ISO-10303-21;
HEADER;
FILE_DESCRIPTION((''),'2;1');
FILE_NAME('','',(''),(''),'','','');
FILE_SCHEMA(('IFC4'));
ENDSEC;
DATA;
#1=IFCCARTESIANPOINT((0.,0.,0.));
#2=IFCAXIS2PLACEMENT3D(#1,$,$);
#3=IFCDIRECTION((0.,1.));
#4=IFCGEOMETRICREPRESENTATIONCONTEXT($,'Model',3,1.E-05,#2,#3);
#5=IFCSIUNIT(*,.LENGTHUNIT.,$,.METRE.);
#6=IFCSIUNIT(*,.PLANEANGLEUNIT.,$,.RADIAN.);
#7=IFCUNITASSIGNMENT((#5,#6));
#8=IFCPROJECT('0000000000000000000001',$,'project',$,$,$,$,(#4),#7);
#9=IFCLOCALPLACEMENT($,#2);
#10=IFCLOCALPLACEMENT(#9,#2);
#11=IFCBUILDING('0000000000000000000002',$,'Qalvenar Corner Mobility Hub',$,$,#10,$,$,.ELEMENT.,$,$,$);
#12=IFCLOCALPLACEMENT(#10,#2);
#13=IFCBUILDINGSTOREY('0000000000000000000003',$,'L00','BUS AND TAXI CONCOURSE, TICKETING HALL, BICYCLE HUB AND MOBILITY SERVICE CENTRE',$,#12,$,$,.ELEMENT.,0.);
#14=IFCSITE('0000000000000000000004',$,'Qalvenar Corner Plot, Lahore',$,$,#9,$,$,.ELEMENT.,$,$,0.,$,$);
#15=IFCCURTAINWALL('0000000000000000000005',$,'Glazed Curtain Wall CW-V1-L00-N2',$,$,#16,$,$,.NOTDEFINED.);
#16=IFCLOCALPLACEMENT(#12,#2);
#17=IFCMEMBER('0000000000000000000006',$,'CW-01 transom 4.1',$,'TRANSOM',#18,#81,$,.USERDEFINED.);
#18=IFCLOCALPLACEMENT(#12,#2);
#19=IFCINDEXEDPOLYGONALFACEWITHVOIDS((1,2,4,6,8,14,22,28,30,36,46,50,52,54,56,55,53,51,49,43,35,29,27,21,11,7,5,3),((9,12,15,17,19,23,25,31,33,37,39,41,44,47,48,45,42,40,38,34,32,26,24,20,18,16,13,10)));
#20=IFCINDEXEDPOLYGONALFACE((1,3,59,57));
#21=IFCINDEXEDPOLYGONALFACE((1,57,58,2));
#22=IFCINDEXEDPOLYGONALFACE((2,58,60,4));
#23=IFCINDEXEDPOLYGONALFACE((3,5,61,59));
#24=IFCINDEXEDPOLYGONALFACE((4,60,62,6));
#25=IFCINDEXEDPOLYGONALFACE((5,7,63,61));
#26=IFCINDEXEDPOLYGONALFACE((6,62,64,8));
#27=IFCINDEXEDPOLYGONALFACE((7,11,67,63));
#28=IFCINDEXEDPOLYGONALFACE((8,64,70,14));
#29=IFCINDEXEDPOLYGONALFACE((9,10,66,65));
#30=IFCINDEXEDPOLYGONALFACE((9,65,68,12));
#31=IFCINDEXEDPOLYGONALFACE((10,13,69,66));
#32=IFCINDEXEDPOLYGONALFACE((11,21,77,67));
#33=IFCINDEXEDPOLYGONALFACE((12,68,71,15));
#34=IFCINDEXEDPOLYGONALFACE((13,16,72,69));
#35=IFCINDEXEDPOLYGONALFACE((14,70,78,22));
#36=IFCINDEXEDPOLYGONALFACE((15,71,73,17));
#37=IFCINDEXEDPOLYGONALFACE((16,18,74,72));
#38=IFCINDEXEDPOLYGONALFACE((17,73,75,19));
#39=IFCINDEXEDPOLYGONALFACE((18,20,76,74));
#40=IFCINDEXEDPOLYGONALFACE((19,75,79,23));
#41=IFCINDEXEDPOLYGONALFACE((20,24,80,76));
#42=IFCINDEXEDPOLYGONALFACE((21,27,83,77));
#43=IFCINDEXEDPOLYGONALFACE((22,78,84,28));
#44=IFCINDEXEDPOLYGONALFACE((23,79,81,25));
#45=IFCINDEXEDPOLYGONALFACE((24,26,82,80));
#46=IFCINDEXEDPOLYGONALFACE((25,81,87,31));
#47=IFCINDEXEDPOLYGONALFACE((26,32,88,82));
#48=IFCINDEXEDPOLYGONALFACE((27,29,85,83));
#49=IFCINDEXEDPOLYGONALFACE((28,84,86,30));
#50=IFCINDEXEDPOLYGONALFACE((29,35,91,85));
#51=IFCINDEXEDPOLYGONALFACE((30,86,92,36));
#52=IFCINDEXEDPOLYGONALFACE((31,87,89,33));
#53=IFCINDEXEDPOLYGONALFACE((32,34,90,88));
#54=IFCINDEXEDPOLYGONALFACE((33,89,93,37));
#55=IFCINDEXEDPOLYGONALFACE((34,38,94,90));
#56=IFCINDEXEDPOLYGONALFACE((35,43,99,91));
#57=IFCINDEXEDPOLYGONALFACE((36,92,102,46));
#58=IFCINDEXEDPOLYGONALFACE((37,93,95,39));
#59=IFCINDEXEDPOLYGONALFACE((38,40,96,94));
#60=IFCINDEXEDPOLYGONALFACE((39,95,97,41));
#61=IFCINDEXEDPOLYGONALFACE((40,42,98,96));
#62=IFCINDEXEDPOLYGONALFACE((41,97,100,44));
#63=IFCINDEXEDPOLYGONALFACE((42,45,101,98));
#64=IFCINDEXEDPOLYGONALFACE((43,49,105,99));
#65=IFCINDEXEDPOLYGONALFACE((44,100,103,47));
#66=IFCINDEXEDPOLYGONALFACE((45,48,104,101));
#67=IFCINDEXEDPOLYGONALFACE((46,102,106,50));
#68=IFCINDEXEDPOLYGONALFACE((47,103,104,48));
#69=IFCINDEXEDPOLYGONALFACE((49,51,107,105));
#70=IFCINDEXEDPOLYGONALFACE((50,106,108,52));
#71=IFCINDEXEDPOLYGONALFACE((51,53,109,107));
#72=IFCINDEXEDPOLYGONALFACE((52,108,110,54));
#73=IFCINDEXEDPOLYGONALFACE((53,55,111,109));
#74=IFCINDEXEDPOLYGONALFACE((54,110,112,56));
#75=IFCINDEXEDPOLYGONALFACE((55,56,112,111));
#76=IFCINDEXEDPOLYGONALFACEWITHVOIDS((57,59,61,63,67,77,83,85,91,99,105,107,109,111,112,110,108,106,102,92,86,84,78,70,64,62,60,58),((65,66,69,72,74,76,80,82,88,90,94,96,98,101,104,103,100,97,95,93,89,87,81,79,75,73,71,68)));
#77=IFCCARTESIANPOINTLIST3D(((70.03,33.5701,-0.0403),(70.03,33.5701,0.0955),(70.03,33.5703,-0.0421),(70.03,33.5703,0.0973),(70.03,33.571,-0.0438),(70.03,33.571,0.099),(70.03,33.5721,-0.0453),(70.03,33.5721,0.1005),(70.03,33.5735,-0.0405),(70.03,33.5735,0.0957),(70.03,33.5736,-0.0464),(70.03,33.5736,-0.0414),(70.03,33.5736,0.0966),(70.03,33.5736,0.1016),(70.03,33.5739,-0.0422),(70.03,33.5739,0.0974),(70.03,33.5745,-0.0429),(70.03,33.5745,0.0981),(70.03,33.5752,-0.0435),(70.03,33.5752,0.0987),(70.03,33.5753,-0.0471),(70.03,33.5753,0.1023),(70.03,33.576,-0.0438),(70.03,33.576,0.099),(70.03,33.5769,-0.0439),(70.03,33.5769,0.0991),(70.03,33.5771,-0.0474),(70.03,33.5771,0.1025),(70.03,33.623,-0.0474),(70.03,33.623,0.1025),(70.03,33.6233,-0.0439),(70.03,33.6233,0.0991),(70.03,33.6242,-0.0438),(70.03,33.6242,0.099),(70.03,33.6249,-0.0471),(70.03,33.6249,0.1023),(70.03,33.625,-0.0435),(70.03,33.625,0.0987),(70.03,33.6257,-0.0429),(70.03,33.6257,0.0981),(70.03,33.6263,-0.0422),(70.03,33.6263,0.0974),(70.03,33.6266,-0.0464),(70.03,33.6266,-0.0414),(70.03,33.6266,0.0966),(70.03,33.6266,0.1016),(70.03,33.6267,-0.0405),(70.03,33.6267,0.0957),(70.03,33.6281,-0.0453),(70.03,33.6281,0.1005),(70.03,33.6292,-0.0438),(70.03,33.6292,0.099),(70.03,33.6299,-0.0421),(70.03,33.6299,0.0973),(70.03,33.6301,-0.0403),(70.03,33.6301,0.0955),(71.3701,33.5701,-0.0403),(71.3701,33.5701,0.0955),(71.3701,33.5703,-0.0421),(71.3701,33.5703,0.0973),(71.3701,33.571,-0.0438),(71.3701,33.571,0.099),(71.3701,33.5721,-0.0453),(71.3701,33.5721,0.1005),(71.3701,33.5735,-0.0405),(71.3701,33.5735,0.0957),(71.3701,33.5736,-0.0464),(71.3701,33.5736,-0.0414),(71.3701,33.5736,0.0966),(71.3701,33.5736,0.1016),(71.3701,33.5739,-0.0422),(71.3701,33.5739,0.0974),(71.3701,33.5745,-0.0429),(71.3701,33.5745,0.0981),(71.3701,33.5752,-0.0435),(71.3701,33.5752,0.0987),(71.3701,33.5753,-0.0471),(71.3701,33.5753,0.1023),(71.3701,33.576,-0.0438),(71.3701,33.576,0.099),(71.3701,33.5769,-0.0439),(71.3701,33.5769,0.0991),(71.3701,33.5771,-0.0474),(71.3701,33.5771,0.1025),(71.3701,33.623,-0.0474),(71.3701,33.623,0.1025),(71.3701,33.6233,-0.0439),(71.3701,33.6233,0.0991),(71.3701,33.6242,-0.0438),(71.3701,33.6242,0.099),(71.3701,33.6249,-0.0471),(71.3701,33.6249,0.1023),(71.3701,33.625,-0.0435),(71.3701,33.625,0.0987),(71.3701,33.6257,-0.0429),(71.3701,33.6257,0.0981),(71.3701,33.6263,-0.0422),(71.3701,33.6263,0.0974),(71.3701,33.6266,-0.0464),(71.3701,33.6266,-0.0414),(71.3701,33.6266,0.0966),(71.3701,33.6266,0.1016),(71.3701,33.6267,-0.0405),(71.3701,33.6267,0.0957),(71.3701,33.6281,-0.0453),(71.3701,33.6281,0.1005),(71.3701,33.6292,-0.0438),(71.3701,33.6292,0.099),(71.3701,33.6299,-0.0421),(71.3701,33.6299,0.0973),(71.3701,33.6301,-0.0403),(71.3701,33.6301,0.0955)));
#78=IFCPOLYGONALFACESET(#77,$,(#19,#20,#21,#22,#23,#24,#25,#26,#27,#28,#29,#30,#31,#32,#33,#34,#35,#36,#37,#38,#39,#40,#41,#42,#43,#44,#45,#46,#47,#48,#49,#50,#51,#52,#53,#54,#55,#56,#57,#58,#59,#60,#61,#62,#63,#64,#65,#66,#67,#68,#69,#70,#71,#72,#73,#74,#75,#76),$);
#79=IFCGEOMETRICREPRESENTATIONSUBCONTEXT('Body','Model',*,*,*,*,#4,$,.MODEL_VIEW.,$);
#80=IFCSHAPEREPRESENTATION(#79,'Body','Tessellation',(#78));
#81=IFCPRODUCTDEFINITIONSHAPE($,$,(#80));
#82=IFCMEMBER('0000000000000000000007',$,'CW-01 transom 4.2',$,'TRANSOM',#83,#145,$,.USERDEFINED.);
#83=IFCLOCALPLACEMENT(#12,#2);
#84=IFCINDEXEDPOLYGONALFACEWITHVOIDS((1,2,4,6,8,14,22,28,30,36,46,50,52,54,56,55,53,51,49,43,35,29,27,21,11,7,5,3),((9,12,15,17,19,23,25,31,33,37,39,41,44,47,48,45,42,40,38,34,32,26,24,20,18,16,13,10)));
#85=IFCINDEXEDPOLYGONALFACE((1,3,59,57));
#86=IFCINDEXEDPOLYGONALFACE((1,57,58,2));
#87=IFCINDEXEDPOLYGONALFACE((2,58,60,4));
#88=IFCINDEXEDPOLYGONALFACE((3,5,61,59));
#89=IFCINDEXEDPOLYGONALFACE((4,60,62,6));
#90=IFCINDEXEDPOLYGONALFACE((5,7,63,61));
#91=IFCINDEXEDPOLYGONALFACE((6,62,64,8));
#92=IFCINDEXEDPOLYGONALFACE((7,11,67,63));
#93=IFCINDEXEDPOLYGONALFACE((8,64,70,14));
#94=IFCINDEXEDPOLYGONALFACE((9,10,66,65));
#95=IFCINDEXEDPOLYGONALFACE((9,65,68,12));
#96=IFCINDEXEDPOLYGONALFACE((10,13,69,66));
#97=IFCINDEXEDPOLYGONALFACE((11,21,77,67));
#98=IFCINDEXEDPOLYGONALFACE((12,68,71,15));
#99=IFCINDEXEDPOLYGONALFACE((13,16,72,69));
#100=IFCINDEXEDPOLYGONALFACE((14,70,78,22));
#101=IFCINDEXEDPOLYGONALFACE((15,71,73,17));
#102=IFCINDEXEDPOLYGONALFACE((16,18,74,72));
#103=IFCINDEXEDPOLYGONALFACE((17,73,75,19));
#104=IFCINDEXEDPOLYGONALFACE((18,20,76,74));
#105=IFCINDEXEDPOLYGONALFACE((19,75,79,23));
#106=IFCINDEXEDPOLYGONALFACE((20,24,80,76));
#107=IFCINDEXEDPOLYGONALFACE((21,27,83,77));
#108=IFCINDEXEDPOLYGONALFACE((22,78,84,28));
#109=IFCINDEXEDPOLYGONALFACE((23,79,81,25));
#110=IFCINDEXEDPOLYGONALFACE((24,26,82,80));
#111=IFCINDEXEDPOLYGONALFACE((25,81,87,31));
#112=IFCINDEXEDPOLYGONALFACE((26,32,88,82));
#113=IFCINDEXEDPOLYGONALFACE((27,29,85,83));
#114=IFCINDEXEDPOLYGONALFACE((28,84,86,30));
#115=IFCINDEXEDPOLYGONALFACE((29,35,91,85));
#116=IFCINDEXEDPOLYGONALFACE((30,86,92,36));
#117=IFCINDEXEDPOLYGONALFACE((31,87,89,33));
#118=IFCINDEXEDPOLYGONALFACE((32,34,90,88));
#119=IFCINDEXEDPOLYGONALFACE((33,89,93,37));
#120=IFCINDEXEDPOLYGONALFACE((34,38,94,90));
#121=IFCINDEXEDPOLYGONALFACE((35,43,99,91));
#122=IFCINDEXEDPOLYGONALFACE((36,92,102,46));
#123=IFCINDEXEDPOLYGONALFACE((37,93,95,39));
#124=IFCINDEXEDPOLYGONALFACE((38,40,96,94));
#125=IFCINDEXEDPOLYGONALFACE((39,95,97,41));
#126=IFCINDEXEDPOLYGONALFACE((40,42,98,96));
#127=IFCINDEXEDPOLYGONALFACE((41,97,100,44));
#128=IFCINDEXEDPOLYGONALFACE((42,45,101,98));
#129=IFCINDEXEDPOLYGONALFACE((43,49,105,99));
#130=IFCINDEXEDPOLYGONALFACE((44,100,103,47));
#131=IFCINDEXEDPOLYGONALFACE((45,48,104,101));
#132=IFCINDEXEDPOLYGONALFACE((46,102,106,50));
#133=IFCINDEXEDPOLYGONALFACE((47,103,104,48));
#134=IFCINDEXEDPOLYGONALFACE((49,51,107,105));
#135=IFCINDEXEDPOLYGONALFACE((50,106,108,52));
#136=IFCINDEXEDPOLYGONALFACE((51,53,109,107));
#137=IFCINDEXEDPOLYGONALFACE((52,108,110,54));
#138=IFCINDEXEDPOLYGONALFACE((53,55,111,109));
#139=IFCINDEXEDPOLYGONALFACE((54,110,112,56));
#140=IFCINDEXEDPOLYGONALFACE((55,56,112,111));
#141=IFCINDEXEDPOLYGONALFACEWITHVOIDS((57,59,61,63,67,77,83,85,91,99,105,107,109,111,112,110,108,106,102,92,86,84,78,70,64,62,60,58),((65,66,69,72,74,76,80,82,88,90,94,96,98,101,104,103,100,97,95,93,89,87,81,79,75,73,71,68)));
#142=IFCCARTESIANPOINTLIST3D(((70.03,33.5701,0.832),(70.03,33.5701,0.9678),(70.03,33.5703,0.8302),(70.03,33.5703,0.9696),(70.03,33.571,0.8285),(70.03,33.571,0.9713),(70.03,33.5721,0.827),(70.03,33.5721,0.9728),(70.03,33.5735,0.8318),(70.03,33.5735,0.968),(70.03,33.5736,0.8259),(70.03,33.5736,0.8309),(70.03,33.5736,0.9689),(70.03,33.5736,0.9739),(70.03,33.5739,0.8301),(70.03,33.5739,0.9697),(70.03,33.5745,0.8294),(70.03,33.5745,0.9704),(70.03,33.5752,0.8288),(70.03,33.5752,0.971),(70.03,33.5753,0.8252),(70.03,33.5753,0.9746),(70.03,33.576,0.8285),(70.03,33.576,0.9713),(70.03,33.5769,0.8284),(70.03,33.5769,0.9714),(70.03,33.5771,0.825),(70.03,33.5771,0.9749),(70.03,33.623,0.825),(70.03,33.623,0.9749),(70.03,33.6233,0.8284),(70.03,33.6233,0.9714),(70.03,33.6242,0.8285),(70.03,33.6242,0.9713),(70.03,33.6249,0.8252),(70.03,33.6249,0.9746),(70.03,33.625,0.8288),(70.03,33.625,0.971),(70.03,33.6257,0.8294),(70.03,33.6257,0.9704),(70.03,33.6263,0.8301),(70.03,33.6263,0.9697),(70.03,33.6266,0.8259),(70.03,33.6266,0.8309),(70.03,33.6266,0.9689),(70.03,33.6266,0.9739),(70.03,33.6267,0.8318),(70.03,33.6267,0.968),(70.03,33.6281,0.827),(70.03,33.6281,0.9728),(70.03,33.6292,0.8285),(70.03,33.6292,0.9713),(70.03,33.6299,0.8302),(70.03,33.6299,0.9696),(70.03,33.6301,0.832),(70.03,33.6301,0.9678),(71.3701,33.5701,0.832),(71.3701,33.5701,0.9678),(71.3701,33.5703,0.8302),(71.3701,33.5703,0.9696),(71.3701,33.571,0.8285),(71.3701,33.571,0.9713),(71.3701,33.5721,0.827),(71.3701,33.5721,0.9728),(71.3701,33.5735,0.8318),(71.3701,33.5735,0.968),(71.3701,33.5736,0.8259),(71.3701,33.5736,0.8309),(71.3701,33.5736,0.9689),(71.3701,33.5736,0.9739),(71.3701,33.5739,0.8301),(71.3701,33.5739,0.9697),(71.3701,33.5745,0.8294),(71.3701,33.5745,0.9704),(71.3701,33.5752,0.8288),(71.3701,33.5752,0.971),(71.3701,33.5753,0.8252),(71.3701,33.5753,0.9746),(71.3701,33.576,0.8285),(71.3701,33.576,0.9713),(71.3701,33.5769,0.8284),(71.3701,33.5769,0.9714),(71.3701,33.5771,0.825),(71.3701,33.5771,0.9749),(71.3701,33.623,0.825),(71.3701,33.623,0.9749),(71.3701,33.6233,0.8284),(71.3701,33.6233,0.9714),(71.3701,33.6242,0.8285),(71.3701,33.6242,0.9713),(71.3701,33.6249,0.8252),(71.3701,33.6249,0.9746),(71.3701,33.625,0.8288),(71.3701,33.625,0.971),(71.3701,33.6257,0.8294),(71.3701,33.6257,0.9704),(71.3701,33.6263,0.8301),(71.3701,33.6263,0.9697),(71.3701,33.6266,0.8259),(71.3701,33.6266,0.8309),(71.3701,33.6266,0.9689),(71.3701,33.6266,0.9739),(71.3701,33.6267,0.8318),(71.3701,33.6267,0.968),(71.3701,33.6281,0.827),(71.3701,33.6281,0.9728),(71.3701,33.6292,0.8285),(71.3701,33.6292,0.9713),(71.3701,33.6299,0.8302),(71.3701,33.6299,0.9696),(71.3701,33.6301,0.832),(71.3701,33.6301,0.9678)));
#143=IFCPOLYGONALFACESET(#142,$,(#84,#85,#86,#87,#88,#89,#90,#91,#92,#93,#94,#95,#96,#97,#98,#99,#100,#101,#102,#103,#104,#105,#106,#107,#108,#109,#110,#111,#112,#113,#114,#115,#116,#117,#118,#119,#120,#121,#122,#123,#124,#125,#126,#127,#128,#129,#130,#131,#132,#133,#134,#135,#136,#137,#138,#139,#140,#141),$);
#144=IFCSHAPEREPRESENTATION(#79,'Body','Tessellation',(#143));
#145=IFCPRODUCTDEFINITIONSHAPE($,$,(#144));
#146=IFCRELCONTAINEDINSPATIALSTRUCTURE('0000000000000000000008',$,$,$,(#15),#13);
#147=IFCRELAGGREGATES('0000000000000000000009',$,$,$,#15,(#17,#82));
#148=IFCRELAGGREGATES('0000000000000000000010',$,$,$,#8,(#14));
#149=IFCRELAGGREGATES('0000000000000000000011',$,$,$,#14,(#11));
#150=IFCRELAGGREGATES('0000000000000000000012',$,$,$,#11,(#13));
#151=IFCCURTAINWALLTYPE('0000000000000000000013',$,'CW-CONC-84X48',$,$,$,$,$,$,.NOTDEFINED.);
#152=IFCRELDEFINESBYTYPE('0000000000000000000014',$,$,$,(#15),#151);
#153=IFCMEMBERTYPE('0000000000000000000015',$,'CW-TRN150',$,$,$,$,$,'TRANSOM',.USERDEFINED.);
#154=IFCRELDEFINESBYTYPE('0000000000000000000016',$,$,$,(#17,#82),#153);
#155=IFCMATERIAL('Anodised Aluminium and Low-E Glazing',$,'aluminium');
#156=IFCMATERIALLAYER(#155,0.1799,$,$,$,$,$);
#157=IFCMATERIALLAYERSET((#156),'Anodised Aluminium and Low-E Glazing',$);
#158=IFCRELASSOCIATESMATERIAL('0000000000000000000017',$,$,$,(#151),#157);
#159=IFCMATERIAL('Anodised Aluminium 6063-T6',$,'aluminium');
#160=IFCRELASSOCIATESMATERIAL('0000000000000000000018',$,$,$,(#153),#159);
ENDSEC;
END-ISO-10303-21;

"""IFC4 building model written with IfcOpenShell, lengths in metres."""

from ifc_helpers import new_model, si_unit, direction, frame, origin, origin_2d, place, context, subcontext, project, spatial, hollow_rectangle, extrude, material, layer, layer_set, material_profile, profile_set, type_object, element, aggregate, save


model = new_model("IFC4")

# Units and contexts
model_context = context("Model", 3, precision=1e-05, world=origin(), true_north=direction((0.0, 1.0)))
body_context = subcontext(model_context, "Body", "Model", "MODEL_VIEW")
ifc_project = project(units=[si_unit("LENGTHUNIT", "METRE"), si_unit("PLANEANGLEUNIT", "RADIAN")], contexts=[model_context])

# Site, building, storey
site_placement = place(None, origin())
site = spatial("IfcSite", under=ifc_project, at=site_placement, Name="Qalvenar Corner Plot, Lahore", CompositionType="ELEMENT", RefElevation=0.0)
building_placement = place(site_placement, origin())
building = spatial("IfcBuilding", under=site, at=building_placement, Name="Qalvenar Corner Mobility Hub", CompositionType="ELEMENT")
storey_placement = place(building_placement, origin())
storey = spatial("IfcBuildingStorey", under=building, at=storey_placement, Name="L00", Description="BUS AND TAXI CONCOURSE, TICKETING HALL, BICYCLE HUB AND MOBILITY SERVICE CENTRE", CompositionType="ELEMENT", Elevation=0.0)

# Curtain wall, members
ifc_material_1 = material(Name="Anodised Aluminium and Low-E Glazing", Category="aluminium")
ifc_layer_1 = layer(ifc_material_1, 0.1799)
ifc_layer_set_1 = layer_set([ifc_layer_1], Name="Anodised Aluminium and Low-E Glazing")
curtain_wall_type = type_object("IfcCurtainWallType", Name="CW-CONC-84X48", PredefinedType="NOTDEFINED", material=ifc_layer_set_1)
curtain_wall_placement = place(storey_placement, origin())
curtain_wall = element("IfcCurtainWall", 1, at=curtain_wall_placement, inside=storey, type_object=curtain_wall_type, Name="Glazed Curtain Wall CW-V1-L00-N2", PredefinedType="NOTDEFINED")
ifc_material_2 = material(Name="Anodised Aluminium 6063-T6", Category="aluminium")
ifc_material_profile_1 = material_profile(ifc_material_2, hollow_rectangle(XDim=0.0601, YDim=0.1499, WallThickness=0.0034, InnerFilletRadius=0.0034, OuterFilletRadius=0.0071, at=origin_2d()), Name="RHS150x60x3.5")
ifc_profile_set_1 = profile_set([ifc_material_profile_1], Name="Anodised Aluminium 6063-T6")
member_type_1 = type_object("IfcMemberType", Name="CW-TRN150", ElementType="TRANSOM", PredefinedType="USERDEFINED", material=ifc_profile_set_1)
member_1_placement = place(storey_placement, frame((71.3701, 33.6001, 0.0276), z_axis=(-1.0, 0.0, 0.0), x_axis=(0.0, -1.0, 0.0)))
member_1 = element("IfcMember", 2, at=member_1_placement, type_object=member_type_1, Name="CW-01 transom 4.1", ObjectType="TRANSOM", PredefinedType="USERDEFINED", context=body_context, shape_type="SweptSolid", body=[
    extrude(hollow_rectangle(XDim=0.0601, YDim=0.1499, WallThickness=0.0034, InnerFilletRadius=0.0034, OuterFilletRadius=0.0071, at=origin_2d()), origin(), (0.0, 0.0, 1.0), 1.3401),
])
member_2_placement = place(storey_placement, frame((71.3701, 33.6001, 0.8999), z_axis=(-1.0, 0.0, 0.0), x_axis=(0.0, -1.0, 0.0)))
member_2 = element("IfcMember", 3, at=member_2_placement, type_object=member_type_1, Name="CW-01 transom 4.2", ObjectType="TRANSOM", PredefinedType="USERDEFINED", context=body_context, shape_type="SweptSolid", body=[
    extrude(hollow_rectangle(XDim=0.0601, YDim=0.1499, WallThickness=0.0034, InnerFilletRadius=0.0034, OuterFilletRadius=0.0071, at=origin_2d()), origin(), (0.0, 0.0, 1.0), 1.3401),
])
aggregate(curtain_wall, [member_1, member_2])

save(model, "model.ifc")
